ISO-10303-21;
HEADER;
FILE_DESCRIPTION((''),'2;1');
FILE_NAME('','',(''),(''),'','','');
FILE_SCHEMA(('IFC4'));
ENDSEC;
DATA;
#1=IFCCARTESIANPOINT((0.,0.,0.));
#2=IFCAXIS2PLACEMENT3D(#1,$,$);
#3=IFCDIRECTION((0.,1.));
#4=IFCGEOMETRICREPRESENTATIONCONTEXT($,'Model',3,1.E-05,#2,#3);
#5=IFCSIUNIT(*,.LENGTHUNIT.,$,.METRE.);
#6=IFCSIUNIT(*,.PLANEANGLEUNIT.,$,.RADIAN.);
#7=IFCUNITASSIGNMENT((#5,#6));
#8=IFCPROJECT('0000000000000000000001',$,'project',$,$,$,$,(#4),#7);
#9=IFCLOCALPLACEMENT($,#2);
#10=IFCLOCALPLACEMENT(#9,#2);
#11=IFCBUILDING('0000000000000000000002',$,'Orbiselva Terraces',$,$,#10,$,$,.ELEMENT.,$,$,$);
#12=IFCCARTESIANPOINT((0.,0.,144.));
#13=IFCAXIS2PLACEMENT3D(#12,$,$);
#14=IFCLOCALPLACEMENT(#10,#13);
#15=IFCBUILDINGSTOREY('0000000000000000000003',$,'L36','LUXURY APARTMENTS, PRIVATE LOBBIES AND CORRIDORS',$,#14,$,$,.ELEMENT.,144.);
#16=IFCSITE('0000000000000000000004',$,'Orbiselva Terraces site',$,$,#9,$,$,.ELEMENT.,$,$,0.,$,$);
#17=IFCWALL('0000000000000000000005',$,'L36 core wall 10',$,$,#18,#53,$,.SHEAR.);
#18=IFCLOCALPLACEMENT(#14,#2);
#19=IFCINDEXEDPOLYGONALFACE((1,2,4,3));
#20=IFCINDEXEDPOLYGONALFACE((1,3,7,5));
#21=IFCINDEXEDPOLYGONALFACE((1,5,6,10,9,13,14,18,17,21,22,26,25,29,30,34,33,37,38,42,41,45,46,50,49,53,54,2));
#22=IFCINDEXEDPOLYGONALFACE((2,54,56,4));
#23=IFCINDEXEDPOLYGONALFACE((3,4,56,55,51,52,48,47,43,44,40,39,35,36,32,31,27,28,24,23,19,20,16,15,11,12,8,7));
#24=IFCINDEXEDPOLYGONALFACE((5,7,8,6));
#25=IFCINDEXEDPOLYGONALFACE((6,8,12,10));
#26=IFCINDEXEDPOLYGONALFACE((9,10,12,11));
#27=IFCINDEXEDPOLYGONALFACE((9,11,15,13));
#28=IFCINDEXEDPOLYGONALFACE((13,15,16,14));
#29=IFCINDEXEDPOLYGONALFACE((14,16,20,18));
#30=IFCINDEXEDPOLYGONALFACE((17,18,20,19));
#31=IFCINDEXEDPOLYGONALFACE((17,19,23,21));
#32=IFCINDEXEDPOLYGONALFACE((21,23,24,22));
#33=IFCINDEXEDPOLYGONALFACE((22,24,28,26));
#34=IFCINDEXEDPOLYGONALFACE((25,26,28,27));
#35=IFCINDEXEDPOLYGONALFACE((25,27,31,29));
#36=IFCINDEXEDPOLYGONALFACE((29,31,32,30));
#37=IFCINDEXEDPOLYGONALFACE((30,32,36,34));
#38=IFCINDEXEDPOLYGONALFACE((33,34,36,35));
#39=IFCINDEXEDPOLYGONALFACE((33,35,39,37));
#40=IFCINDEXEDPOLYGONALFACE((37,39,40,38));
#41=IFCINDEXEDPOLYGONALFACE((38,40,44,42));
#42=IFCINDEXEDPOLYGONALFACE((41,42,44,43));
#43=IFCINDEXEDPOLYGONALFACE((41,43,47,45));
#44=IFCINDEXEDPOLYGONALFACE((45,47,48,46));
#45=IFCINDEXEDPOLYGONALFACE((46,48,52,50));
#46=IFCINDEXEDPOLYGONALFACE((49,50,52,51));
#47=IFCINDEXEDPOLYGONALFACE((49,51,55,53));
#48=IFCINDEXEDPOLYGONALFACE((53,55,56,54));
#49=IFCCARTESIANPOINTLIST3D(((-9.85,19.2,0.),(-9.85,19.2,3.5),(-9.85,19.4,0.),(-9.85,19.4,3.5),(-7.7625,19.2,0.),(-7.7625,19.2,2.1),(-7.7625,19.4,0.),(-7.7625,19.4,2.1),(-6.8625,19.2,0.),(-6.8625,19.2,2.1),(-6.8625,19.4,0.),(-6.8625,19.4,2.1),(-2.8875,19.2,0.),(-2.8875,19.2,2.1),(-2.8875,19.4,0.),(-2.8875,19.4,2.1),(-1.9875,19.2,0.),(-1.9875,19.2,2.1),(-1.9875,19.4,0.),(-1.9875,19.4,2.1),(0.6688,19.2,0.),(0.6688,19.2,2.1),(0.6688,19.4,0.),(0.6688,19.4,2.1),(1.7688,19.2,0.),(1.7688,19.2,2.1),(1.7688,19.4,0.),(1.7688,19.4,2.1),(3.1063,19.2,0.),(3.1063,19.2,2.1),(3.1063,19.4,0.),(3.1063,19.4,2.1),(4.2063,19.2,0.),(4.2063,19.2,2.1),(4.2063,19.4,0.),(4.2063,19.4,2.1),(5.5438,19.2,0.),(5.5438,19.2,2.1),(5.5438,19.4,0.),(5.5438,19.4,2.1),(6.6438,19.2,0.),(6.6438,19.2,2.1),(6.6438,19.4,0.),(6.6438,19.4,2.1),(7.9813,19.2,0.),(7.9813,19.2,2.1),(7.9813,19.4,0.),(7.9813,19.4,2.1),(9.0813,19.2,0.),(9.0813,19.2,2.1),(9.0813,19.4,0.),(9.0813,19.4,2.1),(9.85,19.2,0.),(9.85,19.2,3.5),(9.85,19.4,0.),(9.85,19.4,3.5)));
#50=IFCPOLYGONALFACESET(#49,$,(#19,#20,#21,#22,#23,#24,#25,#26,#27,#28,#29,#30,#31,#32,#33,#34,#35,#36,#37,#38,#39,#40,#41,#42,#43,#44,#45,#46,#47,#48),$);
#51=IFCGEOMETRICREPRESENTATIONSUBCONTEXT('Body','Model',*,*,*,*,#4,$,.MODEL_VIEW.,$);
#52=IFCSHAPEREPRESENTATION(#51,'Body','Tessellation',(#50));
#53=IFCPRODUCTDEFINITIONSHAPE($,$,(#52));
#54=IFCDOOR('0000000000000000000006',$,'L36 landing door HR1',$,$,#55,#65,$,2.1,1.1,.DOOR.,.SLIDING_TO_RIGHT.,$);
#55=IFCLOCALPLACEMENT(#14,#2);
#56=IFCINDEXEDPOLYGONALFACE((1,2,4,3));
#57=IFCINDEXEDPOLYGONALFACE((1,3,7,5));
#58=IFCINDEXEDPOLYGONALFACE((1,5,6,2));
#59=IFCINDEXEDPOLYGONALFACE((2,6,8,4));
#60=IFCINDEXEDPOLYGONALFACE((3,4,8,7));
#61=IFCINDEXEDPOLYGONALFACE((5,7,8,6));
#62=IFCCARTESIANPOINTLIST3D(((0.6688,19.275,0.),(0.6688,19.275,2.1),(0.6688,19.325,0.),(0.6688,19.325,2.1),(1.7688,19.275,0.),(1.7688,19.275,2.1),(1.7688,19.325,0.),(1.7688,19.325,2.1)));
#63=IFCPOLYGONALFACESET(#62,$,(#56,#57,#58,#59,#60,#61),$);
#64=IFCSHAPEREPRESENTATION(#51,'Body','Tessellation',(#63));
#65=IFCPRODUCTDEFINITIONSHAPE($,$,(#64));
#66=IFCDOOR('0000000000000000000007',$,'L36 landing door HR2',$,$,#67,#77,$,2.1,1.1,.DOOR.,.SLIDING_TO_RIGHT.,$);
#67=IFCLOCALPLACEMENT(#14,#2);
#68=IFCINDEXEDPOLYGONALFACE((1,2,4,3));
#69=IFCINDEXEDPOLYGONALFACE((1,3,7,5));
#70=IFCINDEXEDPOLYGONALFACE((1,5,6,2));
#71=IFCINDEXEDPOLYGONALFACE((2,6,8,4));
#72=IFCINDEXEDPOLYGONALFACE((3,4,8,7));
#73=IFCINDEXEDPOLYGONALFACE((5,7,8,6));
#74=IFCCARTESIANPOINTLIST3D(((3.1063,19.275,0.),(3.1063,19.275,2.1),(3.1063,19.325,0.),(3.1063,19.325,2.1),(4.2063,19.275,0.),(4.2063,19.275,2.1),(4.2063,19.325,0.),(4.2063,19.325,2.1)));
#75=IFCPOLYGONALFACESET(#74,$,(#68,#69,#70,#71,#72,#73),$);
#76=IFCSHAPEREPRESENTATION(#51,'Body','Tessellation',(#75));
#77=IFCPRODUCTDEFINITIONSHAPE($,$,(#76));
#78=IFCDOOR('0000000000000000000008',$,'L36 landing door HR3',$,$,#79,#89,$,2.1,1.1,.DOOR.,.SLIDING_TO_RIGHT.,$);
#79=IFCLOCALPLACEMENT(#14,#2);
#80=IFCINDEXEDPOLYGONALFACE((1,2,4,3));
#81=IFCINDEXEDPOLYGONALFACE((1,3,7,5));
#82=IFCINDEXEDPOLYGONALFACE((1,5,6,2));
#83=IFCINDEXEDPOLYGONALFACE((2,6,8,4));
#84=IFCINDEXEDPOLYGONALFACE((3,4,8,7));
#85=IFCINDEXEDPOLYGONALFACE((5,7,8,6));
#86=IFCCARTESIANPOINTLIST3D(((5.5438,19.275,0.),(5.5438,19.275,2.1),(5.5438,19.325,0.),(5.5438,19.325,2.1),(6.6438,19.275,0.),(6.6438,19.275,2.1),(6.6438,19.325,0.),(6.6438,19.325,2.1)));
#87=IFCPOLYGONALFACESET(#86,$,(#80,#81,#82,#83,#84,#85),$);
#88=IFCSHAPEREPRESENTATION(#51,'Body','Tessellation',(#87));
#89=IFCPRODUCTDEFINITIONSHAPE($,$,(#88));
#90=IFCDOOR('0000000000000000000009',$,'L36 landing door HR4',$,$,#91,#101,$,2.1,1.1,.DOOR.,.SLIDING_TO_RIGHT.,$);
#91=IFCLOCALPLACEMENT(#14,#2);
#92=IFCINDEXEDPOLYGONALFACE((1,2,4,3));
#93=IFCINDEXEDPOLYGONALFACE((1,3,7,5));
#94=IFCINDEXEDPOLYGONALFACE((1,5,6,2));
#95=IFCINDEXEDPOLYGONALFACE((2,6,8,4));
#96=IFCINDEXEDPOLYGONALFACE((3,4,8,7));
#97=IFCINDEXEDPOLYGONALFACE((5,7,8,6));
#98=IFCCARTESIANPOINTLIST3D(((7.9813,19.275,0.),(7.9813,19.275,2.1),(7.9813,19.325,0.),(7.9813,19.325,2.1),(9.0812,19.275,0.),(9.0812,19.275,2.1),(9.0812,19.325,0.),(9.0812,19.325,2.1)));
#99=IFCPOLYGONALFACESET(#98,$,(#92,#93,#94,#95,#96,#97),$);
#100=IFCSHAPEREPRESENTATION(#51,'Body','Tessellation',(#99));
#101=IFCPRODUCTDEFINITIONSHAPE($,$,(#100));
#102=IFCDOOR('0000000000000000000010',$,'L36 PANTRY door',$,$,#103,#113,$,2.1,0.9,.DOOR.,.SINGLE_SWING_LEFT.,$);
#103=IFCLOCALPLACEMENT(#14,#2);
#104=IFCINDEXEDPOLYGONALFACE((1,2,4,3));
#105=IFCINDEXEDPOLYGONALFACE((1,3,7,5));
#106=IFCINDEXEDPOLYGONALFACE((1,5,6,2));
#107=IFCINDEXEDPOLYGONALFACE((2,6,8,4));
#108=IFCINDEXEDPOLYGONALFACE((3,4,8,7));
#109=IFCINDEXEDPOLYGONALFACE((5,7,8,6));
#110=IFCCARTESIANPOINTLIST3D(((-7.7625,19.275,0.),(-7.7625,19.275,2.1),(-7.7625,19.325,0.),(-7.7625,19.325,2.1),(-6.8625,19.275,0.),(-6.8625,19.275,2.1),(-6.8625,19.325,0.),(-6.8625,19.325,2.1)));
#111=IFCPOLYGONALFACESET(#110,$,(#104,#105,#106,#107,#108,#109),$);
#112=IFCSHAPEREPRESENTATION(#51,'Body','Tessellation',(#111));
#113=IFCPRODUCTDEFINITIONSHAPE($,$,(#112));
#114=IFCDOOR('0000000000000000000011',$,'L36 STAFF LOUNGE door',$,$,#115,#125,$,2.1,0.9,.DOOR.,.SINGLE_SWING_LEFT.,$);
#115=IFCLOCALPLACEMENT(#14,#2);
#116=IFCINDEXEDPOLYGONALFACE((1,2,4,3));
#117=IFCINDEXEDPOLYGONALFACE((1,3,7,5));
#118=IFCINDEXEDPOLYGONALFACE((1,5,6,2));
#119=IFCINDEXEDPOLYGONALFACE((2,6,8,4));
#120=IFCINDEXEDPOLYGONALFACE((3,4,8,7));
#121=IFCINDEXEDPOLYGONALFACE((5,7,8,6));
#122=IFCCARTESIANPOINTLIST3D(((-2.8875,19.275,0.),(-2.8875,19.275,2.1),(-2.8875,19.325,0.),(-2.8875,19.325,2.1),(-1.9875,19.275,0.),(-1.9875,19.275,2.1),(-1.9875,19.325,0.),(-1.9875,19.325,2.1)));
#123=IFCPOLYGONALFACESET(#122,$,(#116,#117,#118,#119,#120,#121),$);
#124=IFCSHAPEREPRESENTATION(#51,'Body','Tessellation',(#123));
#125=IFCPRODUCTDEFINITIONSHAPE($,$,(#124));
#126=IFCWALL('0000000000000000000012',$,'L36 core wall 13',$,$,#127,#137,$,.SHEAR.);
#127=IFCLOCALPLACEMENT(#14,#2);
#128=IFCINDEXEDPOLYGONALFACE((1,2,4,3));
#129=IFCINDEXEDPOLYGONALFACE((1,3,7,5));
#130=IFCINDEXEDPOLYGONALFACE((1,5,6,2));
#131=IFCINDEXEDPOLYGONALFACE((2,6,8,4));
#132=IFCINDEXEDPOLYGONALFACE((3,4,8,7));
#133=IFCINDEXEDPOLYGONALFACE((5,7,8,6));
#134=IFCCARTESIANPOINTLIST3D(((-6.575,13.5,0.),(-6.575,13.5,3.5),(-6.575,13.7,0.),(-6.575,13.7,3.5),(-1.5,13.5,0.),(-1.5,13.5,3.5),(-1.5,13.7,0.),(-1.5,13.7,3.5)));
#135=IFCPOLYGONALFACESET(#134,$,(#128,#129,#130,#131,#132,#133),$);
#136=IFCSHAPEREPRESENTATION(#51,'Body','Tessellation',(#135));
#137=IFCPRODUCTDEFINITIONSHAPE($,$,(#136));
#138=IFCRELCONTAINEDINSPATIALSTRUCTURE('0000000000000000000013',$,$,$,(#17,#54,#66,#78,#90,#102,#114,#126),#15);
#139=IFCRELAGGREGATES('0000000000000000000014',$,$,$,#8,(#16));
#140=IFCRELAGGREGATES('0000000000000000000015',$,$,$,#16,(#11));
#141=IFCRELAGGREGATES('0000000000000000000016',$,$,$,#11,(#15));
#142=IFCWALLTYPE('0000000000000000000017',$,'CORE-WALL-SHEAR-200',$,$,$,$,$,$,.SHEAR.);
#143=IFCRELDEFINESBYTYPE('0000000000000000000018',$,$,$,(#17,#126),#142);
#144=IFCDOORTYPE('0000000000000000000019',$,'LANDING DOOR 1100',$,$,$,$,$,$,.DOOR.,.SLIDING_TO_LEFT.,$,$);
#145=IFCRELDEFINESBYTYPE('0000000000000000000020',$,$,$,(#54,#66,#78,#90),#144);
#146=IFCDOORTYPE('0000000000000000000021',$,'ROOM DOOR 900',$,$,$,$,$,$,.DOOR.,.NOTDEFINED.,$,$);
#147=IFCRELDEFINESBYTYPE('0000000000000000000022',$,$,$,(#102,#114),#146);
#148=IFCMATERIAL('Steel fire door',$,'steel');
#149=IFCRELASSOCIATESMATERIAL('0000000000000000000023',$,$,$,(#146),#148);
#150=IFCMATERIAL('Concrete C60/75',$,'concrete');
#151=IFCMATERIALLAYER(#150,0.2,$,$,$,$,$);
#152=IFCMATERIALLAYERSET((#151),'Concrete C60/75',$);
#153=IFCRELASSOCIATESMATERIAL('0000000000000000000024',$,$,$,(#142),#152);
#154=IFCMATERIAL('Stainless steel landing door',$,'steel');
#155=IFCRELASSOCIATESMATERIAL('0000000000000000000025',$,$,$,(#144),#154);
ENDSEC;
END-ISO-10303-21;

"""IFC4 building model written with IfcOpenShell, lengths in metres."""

from ifc_helpers import new_model, si_unit, direction, frame, frame_2d, origin, place, context, subcontext, project, spatial, rectangle, extrude, material, layer, layer_set, type_object, element, fill, save


model = new_model("IFC4")

# Units and contexts
model_context = context("Model", 3, precision=1e-05, world=origin(), true_north=direction((0.0, 1.0)))
body_context = subcontext(model_context, "Body", "Model", "MODEL_VIEW")
ifc_project = project(units=[si_unit("LENGTHUNIT", "METRE"), si_unit("PLANEANGLEUNIT", "RADIAN")], contexts=[model_context])

# Site, building, storey
site_placement = place(None, origin())
site = spatial("IfcSite", under=ifc_project, at=site_placement, Name="Orbiselva Terraces site", CompositionType="ELEMENT", RefElevation=0.0)
building_placement = place(site_placement, origin())
building = spatial("IfcBuilding", under=site, at=building_placement, Name="Orbiselva Terraces", CompositionType="ELEMENT")
storey_placement = place(building_placement, frame((0.0, 0.0, 144.0)))
storey = spatial("IfcBuildingStorey", under=building, at=storey_placement, Name="L36", Description="LUXURY APARTMENTS, PRIVATE LOBBIES AND CORRIDORS", CompositionType="ELEMENT", Elevation=144.0)

# Shared definitions
ifc_material_1 = material(Name="Steel fire door", Category="steel")
door_type_1 = type_object("IfcDoorType", Name="ROOM DOOR 900", OperationType="NOTDEFINED", PredefinedType="DOOR", material=ifc_material_1)

# Shared definitions
ifc_material_2 = material(Name="Concrete C60/75", Category="concrete")
ifc_layer_1 = layer(ifc_material_2, 0.2)
ifc_layer_set_1 = layer_set([ifc_layer_1], Name="Concrete C60/75")
wall_type_1 = type_object("IfcWallType", Name="CORE-WALL-SHEAR-200", PredefinedType="SHEAR", material=ifc_layer_set_1)

# Wall, openings, doors
wall_1_placement = place(storey_placement, frame((-9.85, 19.3, 0.0), z_axis=(0.0, 0.0, 1.0), x_axis=(1.0, 0.0, 0.0)))
wall_1 = element("IfcWall", 1, at=wall_1_placement, inside=storey, type_object=wall_type_1, Name="L36 core wall 10", PredefinedType="SHEAR", context=body_context, shape_type="SweptSolid", body=[
    extrude(rectangle(XDim=19.7, YDim=0.2, at=frame_2d((9.85, 0.0))), origin(), (0.0, 0.0, 1.0), 3.5),
])
opening_1_placement = place(wall_1_placement, frame((10.5188, 0.0, 0.0)))
opening_1 = element("IfcOpeningElement", 2, at=opening_1_placement, cuts=wall_1, PredefinedType="OPENING", context=body_context, shape_type="SweptSolid", body=[
    extrude(rectangle(XDim=1.1, YDim=2.1, at=frame_2d((0.55, 1.05))), frame((0.0, 0.11, 0.0), z_axis=(0.0, -1.0, 0.0), x_axis=(1.0, 0.0, 0.0)), (0.0, 0.0, 1.0), 0.22),
])
opening_2_placement = place(wall_1_placement, frame((12.9563, 0.0, 0.0)))
opening_2 = element("IfcOpeningElement", 3, at=opening_2_placement, cuts=wall_1, PredefinedType="OPENING", context=body_context, shape_type="SweptSolid", body=[
    extrude(rectangle(XDim=1.1, YDim=2.1, at=frame_2d((0.55, 1.05))), frame((0.0, 0.11, 0.0), z_axis=(0.0, -1.0, 0.0), x_axis=(1.0, 0.0, 0.0)), (0.0, 0.0, 1.0), 0.22),
])
opening_3_placement = place(wall_1_placement, frame((15.3938, 0.0, 0.0)))
opening_3 = element("IfcOpeningElement", 4, at=opening_3_placement, cuts=wall_1, PredefinedType="OPENING", context=body_context, shape_type="SweptSolid", body=[
    extrude(rectangle(XDim=1.1, YDim=2.1, at=frame_2d((0.55, 1.05))), frame((0.0, 0.11, 0.0), z_axis=(0.0, -1.0, 0.0), x_axis=(1.0, 0.0, 0.0)), (0.0, 0.0, 1.0), 0.22),
])
opening_4_placement = place(wall_1_placement, frame((17.8313, 0.0, 0.0)))
opening_4 = element("IfcOpeningElement", 5, at=opening_4_placement, cuts=wall_1, PredefinedType="OPENING", context=body_context, shape_type="SweptSolid", body=[
    extrude(rectangle(XDim=1.1, YDim=2.1, at=frame_2d((0.55, 1.05))), frame((0.0, 0.11, 0.0), z_axis=(0.0, -1.0, 0.0), x_axis=(1.0, 0.0, 0.0)), (0.0, 0.0, 1.0), 0.22),
])
opening_5_placement = place(wall_1_placement, frame((2.0875, 0.0, 0.0)))
opening_5 = element("IfcOpeningElement", 6, at=opening_5_placement, cuts=wall_1, PredefinedType="OPENING", context=body_context, shape_type="SweptSolid", body=[
    extrude(rectangle(XDim=0.9, YDim=2.1, at=frame_2d((0.45, 1.05))), frame((0.0, 0.11, 0.0), z_axis=(0.0, -1.0, 0.0), x_axis=(1.0, 0.0, 0.0)), (0.0, 0.0, 1.0), 0.22),
])
opening_6_placement = place(wall_1_placement, frame((6.9625, 0.0, 0.0)))
opening_6 = element("IfcOpeningElement", 7, at=opening_6_placement, cuts=wall_1, PredefinedType="OPENING", context=body_context, shape_type="SweptSolid", body=[
    extrude(rectangle(XDim=0.9, YDim=2.1, at=frame_2d((0.45, 1.05))), frame((0.0, 0.11, 0.0), z_axis=(0.0, -1.0, 0.0), x_axis=(1.0, 0.0, 0.0)), (0.0, 0.0, 1.0), 0.22),
])
ifc_material_3 = material(Name="Stainless steel landing door", Category="steel")
door_type_2 = type_object("IfcDoorType", Name="LANDING DOOR 1100", OperationType="SLIDING_TO_LEFT", PredefinedType="DOOR", material=ifc_material_3)
door_1_placement = place(opening_1_placement, origin())
door_1 = element("IfcDoor", 8, at=door_1_placement, inside=storey, type_object=door_type_2, Name="L36 landing door HR1", OperationType="SLIDING_TO_RIGHT", OverallHeight=2.1, OverallWidth=1.1, PredefinedType="DOOR", context=body_context, shape_type="SweptSolid", body=[
    extrude(rectangle(XDim=1.1, YDim=2.1, at=frame_2d((0.55, 1.05))), frame((0.0, 0.025, 0.0), z_axis=(0.0, -1.0, 0.0), x_axis=(1.0, 0.0, 0.0)), (0.0, 0.0, 1.0), 0.05),
])
fill(opening_1, door_1)
door_2_placement = place(opening_2_placement, origin())
door_2 = element("IfcDoor", 9, at=door_2_placement, inside=storey, type_object=door_type_2, Name="L36 landing door HR2", OperationType="SLIDING_TO_RIGHT", OverallHeight=2.1, OverallWidth=1.1, PredefinedType="DOOR", context=body_context, shape_type="SweptSolid", body=[
    extrude(rectangle(XDim=1.1, YDim=2.1, at=frame_2d((0.55, 1.05))), frame((0.0, 0.025, 0.0), z_axis=(0.0, -1.0, 0.0), x_axis=(1.0, 0.0, 0.0)), (0.0, 0.0, 1.0), 0.05),
])
fill(opening_2, door_2)
door_3_placement = place(opening_3_placement, origin())
door_3 = element("IfcDoor", 10, at=door_3_placement, inside=storey, type_object=door_type_2, Name="L36 landing door HR3", OperationType="SLIDING_TO_RIGHT", OverallHeight=2.1, OverallWidth=1.1, PredefinedType="DOOR", context=body_context, shape_type="SweptSolid", body=[
    extrude(rectangle(XDim=1.1, YDim=2.1, at=frame_2d((0.55, 1.05))), frame((0.0, 0.025, 0.0), z_axis=(0.0, -1.0, 0.0), x_axis=(1.0, 0.0, 0.0)), (0.0, 0.0, 1.0), 0.05),
])
fill(opening_3, door_3)
door_4_placement = place(opening_4_placement, origin())
door_4 = element("IfcDoor", 11, at=door_4_placement, inside=storey, type_object=door_type_2, Name="L36 landing door HR4", OperationType="SLIDING_TO_RIGHT", OverallHeight=2.1, OverallWidth=1.1, PredefinedType="DOOR", context=body_context, shape_type="SweptSolid", body=[
    extrude(rectangle(XDim=1.1, YDim=2.1, at=frame_2d((0.55, 1.05))), frame((0.0, 0.025, 0.0), z_axis=(0.0, -1.0, 0.0), x_axis=(1.0, 0.0, 0.0)), (0.0, 0.0, 1.0), 0.05),
])
fill(opening_4, door_4)
door_5_placement = place(opening_5_placement, origin())
door_5 = element("IfcDoor", 12, at=door_5_placement, inside=storey, type_object=door_type_1, Name="L36 PANTRY door", OperationType="SINGLE_SWING_LEFT", OverallHeight=2.1, OverallWidth=0.9, PredefinedType="DOOR", context=body_context, shape_type="SweptSolid", body=[
    extrude(rectangle(XDim=0.9, YDim=2.1, at=frame_2d((0.45, 1.05))), frame((0.0, 0.025, 0.0), z_axis=(0.0, -1.0, 0.0), x_axis=(1.0, 0.0, 0.0)), (0.0, 0.0, 1.0), 0.05),
])
fill(opening_5, door_5)
door_6_placement = place(opening_6_placement, origin())
door_6 = element("IfcDoor", 13, at=door_6_placement, inside=storey, type_object=door_type_1, Name="L36 STAFF LOUNGE door", OperationType="SINGLE_SWING_LEFT", OverallHeight=2.1, OverallWidth=0.9, PredefinedType="DOOR", context=body_context, shape_type="SweptSolid", body=[
    extrude(rectangle(XDim=0.9, YDim=2.1, at=frame_2d((0.45, 1.05))), frame((0.0, 0.025, 0.0), z_axis=(0.0, -1.0, 0.0), x_axis=(1.0, 0.0, 0.0)), (0.0, 0.0, 1.0), 0.05),
])
fill(opening_6, door_6)

# Wall
wall_2_placement = place(storey_placement, frame((-6.575, 13.6, 0.0), z_axis=(0.0, 0.0, 1.0), x_axis=(1.0, 0.0, 0.0)))
element("IfcWall", 14, at=wall_2_placement, inside=storey, type_object=wall_type_1, Name="L36 core wall 13", PredefinedType="SHEAR", context=body_context, shape_type="SweptSolid", body=[
    extrude(rectangle(XDim=5.075, YDim=0.2, at=frame_2d((2.5375, 0.0))), origin(), (0.0, 0.0, 1.0), 3.5),
])

save(model, "model.ifc")
